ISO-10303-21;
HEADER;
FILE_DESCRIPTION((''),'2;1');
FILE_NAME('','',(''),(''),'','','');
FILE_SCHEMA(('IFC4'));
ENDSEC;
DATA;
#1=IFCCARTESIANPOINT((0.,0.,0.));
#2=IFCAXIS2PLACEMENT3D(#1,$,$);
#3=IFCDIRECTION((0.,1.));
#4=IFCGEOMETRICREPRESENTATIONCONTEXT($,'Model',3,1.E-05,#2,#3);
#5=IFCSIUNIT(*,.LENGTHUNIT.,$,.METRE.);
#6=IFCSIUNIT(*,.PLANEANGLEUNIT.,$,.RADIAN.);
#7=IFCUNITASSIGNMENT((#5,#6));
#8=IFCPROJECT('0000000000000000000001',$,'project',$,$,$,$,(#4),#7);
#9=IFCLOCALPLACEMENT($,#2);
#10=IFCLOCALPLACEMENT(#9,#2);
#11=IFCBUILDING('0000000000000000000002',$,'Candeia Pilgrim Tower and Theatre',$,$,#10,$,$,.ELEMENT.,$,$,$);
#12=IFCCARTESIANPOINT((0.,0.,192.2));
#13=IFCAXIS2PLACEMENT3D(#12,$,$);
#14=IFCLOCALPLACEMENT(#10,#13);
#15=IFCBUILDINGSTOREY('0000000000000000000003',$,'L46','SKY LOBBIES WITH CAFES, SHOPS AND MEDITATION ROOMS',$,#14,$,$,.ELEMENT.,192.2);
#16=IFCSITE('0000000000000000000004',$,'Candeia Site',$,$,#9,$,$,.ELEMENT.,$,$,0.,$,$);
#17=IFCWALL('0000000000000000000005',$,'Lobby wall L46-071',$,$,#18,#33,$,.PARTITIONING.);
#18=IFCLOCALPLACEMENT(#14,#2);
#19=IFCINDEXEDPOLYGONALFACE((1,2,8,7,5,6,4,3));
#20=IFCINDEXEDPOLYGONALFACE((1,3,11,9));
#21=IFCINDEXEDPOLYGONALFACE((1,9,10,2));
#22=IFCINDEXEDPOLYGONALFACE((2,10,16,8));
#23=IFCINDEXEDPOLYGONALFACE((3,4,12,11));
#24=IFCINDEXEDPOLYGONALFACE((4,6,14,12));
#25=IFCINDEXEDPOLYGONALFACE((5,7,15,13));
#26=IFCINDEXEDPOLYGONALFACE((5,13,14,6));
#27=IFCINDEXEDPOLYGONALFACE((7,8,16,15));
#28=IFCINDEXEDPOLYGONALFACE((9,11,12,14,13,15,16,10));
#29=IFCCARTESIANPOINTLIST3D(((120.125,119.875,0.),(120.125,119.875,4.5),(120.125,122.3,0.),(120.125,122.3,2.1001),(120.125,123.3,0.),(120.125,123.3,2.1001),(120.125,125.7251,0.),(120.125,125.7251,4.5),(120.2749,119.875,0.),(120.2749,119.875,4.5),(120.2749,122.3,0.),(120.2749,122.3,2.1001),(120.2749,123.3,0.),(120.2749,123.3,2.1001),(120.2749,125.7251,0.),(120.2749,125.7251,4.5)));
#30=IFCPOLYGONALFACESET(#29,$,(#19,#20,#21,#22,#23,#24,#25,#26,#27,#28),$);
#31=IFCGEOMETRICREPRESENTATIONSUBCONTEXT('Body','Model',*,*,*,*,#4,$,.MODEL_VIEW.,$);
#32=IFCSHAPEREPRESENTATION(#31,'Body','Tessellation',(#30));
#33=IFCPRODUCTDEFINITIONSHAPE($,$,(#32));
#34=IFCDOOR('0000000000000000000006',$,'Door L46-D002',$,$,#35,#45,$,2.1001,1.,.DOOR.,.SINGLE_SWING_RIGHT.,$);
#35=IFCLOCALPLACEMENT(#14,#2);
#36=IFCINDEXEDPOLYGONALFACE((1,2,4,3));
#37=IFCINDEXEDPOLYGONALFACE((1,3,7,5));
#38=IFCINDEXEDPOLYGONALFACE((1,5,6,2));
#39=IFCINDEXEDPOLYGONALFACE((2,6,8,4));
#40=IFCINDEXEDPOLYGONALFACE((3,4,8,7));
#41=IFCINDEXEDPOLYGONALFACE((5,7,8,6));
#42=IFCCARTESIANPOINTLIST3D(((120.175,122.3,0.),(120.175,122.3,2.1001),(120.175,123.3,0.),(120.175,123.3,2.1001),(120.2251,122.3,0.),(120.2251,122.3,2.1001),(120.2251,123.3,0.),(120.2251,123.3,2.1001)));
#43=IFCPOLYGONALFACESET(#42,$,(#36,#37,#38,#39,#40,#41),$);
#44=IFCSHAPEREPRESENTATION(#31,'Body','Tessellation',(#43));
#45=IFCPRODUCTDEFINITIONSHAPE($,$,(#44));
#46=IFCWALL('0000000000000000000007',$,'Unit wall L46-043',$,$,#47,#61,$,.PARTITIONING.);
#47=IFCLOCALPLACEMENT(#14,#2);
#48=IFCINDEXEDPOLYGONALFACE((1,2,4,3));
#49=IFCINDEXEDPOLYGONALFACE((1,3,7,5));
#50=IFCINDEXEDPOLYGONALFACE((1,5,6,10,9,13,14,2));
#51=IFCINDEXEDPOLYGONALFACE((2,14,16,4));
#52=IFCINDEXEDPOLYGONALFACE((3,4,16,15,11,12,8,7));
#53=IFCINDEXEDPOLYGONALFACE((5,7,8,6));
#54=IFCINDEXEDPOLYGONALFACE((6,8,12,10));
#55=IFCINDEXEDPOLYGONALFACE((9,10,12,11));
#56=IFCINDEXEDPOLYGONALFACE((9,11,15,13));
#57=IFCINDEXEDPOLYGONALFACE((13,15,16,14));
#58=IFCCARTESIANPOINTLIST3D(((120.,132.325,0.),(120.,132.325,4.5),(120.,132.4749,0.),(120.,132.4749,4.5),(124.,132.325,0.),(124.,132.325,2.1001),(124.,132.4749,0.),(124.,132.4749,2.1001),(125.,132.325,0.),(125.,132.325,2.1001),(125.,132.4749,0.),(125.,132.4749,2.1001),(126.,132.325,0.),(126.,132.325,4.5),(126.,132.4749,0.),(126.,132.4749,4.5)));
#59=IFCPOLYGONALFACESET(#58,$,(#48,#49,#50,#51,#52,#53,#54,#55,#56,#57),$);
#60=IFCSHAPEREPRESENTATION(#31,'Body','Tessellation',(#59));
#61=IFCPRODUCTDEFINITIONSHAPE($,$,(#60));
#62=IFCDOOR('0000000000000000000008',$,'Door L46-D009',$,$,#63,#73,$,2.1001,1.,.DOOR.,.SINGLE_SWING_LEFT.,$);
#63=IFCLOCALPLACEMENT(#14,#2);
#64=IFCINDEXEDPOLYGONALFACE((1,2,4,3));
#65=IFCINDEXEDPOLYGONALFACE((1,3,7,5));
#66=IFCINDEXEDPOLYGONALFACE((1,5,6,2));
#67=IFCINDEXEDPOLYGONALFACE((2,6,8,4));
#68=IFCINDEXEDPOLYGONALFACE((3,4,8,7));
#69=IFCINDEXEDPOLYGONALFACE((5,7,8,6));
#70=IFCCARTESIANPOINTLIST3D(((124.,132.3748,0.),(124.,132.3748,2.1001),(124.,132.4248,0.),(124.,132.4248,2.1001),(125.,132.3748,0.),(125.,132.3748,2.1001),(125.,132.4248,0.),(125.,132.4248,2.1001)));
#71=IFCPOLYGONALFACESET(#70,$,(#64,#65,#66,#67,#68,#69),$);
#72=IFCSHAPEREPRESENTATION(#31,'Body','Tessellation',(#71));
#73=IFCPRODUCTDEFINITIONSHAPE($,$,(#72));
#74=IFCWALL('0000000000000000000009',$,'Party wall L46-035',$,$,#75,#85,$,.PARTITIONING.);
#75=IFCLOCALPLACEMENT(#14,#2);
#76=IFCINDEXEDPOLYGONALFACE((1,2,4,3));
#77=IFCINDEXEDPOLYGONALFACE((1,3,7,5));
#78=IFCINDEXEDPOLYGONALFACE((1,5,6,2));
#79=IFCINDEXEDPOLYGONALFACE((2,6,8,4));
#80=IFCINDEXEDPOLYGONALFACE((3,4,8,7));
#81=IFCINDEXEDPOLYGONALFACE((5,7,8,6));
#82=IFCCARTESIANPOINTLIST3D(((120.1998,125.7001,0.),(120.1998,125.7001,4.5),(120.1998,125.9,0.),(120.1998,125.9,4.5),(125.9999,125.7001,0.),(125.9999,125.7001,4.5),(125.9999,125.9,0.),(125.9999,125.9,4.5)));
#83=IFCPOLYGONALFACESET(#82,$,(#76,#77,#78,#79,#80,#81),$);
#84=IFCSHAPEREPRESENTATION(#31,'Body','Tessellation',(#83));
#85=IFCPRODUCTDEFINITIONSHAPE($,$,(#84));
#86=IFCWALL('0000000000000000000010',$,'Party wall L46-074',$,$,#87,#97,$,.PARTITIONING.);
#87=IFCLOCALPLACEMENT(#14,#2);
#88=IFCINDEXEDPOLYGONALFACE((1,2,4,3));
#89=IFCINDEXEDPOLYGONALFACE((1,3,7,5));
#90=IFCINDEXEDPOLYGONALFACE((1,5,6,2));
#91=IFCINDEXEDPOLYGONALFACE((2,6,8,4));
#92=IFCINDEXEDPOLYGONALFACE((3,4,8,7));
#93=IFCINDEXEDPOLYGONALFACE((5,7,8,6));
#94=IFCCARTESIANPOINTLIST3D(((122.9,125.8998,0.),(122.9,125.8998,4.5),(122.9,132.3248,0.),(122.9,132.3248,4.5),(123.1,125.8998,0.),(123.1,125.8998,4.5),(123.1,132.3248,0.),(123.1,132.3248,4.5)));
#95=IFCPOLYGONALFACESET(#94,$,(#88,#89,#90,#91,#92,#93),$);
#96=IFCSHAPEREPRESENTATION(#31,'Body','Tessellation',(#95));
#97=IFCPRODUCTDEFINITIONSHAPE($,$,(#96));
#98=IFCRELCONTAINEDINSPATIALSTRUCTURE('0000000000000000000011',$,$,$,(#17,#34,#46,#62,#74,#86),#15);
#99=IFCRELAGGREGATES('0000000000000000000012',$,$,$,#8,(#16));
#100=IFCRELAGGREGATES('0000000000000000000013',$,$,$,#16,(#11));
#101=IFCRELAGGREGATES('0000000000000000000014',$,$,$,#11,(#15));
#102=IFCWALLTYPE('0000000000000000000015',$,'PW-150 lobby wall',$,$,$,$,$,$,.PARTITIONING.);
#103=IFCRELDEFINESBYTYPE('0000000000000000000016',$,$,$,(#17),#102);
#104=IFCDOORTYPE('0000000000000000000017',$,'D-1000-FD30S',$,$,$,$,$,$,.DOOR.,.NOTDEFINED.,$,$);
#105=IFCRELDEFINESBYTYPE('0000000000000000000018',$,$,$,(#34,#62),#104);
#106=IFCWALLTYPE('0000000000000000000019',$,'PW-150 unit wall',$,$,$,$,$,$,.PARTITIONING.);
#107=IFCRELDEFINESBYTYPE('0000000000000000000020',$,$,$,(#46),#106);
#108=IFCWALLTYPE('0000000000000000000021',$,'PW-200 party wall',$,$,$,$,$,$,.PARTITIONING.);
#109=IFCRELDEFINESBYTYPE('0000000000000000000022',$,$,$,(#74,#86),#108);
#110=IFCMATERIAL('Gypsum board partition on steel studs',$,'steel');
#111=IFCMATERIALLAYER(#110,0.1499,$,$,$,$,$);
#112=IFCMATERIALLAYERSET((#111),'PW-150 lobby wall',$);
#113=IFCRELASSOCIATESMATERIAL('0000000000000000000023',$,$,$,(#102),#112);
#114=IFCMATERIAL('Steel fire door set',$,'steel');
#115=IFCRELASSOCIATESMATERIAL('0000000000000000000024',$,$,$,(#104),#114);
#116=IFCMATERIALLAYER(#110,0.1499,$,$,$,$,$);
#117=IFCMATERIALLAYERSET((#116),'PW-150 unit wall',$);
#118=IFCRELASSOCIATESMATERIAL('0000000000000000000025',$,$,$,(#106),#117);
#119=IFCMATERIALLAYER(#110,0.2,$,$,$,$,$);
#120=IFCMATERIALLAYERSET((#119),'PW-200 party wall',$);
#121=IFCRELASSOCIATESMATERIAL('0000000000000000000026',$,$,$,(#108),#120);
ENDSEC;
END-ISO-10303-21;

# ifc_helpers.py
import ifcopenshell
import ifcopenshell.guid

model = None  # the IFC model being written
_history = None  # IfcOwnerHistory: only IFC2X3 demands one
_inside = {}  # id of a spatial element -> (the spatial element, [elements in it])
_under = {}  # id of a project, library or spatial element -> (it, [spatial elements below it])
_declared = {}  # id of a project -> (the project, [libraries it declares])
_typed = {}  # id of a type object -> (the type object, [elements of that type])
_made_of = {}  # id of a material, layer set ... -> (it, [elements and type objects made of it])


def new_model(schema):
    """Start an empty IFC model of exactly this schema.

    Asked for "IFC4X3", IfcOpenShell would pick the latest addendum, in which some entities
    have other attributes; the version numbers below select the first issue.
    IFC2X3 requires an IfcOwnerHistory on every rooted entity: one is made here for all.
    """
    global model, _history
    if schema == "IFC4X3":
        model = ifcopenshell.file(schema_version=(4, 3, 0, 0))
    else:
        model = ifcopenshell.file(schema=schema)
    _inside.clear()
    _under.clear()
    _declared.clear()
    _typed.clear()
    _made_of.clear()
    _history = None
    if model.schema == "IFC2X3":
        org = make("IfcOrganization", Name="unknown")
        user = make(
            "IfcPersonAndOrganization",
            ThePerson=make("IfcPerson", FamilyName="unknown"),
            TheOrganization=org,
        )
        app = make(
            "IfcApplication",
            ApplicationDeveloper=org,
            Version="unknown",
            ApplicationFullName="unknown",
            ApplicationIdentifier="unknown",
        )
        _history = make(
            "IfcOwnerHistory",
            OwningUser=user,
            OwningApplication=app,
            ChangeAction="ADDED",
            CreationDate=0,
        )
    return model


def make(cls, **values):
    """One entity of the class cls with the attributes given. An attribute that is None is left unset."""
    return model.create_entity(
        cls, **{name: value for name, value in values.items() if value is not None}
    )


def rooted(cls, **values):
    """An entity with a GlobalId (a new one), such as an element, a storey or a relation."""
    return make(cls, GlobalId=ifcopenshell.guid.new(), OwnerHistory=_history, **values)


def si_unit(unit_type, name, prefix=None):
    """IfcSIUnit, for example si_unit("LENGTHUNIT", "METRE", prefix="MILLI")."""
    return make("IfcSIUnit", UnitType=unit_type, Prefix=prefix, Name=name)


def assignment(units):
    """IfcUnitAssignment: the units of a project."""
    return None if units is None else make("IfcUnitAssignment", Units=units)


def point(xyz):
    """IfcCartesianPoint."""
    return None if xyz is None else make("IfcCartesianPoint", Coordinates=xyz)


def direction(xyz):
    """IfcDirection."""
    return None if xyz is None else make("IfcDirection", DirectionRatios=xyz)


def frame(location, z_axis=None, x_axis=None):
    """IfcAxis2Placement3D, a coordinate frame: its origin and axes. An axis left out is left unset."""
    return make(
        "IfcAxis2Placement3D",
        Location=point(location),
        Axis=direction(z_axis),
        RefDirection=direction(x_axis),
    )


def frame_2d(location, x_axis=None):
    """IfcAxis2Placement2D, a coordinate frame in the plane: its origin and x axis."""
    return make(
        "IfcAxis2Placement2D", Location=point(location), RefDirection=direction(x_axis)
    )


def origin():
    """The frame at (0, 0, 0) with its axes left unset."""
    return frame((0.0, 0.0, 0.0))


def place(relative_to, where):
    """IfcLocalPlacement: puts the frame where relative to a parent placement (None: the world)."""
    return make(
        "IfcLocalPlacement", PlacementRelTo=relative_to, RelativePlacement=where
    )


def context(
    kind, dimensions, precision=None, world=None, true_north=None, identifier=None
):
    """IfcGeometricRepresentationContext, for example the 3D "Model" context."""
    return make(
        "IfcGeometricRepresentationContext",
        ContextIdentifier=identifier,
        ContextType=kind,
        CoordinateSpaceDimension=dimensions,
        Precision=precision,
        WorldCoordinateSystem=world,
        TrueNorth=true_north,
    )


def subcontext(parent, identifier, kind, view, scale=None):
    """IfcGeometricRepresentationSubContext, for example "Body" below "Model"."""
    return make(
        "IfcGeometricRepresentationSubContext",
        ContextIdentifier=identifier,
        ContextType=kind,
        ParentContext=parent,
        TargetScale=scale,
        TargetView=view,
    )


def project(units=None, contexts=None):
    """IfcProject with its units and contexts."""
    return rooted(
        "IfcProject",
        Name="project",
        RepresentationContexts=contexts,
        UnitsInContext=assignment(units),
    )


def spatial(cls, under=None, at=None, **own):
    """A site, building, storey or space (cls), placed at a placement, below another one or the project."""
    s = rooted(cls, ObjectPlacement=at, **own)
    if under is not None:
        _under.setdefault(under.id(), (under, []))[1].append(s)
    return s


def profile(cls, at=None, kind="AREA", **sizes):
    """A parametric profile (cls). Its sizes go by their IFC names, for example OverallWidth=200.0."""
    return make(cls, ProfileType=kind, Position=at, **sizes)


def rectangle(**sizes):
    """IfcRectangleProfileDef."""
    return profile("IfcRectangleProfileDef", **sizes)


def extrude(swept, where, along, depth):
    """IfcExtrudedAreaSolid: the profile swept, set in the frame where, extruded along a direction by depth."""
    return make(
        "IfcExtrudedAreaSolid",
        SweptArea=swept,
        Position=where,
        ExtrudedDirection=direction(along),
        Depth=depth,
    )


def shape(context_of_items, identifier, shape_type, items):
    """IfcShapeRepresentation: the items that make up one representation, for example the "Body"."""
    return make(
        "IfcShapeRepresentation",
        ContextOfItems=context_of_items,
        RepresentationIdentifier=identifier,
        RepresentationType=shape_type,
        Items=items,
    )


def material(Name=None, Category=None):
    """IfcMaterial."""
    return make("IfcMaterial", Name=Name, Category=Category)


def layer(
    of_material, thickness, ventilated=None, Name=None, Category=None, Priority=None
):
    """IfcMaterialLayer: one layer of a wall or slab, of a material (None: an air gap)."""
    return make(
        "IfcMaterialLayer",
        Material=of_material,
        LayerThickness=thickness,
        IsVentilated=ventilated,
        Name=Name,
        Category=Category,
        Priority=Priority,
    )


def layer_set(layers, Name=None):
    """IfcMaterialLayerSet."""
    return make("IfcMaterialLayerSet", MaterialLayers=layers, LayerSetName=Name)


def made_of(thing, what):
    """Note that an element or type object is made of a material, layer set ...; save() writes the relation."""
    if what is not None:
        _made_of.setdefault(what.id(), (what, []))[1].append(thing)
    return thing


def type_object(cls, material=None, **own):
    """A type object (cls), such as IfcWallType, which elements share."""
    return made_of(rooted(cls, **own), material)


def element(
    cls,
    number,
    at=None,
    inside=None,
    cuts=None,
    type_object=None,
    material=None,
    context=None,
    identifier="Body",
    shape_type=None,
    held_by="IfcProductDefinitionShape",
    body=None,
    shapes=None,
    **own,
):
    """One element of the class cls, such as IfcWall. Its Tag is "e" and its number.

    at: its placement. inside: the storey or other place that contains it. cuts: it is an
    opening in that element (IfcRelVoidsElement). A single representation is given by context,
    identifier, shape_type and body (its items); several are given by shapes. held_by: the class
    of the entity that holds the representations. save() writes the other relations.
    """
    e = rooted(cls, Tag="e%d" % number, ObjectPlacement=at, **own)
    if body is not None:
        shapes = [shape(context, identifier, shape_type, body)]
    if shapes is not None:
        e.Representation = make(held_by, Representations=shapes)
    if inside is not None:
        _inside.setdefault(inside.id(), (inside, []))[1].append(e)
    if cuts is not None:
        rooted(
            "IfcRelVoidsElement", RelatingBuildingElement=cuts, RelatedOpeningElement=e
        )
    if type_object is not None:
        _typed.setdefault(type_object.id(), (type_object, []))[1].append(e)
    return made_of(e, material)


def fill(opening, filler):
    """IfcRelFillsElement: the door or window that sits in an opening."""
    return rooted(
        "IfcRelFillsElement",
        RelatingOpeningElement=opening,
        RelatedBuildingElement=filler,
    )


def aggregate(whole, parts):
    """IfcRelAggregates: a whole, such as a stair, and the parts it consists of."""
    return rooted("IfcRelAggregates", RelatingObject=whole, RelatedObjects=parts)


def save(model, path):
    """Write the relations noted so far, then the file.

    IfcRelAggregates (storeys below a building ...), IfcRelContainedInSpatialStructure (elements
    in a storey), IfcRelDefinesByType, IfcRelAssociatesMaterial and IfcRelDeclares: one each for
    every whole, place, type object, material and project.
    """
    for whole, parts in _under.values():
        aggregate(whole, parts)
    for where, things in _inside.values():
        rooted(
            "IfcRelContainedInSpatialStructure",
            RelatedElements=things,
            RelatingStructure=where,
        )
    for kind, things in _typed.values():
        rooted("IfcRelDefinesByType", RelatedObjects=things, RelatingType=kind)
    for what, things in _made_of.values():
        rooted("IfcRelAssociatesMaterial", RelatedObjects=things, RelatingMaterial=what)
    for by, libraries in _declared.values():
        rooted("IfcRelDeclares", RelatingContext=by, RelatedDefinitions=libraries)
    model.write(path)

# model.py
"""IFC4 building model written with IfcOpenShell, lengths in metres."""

from ifc_helpers import new_model, si_unit, direction, frame, frame_2d, origin, place, context, subcontext, project, spatial, rectangle, extrude, material, layer, layer_set, type_object, element, fill, save


model = new_model("IFC4")

# Units and contexts
model_context = context("Model", 3, precision=1e-05, world=origin(), true_north=direction((0.0, 1.0)))
body_context = subcontext(model_context, "Body", "Model", "MODEL_VIEW")
ifc_project = project(units=[si_unit("LENGTHUNIT", "METRE"), si_unit("PLANEANGLEUNIT", "RADIAN")], contexts=[model_context])

# Site, building, storey
site_placement = place(None, origin())
site = spatial("IfcSite", under=ifc_project, at=site_placement, Name="Candeia Site", CompositionType="ELEMENT", RefElevation=0.0)
building_placement = place(site_placement, origin())
building = spatial("IfcBuilding", under=site, at=building_placement, Name="Candeia Pilgrim Tower and Theatre", CompositionType="ELEMENT")
storey_placement = place(building_placement, frame((0.0, 0.0, 192.2)))
storey = spatial("IfcBuildingStorey", under=building, at=storey_placement, Name="L46", Description="SKY LOBBIES WITH CAFES, SHOPS AND MEDITATION ROOMS", CompositionType="ELEMENT", Elevation=192.2)

# Shared definitions
ifc_material_1 = material(Name="Steel fire door set", Category="steel")

# Shared definitions
ifc_material_2 = material(Name="Gypsum board partition on steel studs", Category="steel")
ifc_layer_1 = layer(ifc_material_2, 0.1499)
ifc_layer_set_1 = layer_set([ifc_layer_1], Name="PW-150 lobby wall")
wall_type_1 = type_object("IfcWallType", Name="PW-150 lobby wall", PredefinedType="PARTITIONING", material=ifc_layer_set_1)

# Walls, openings, doors
door_type_1 = type_object("IfcDoorType", Name="D-1000-FD30S", OperationType="NOTDEFINED", PredefinedType="DOOR", material=ifc_material_1)
wall_1_placement = place(storey_placement, frame((120.2, 119.875, 0.0), z_axis=(0.0, 0.0, 1.0), x_axis=(0.0, 1.0, 0.0)))
wall_1 = element("IfcWall", 1, at=wall_1_placement, inside=storey, type_object=wall_type_1, Name="Lobby wall L46-071", PredefinedType="PARTITIONING", context=body_context, shape_type="SweptSolid", body=[
    extrude(rectangle(XDim=5.8501, YDim=0.1499, at=frame_2d((2.925, 0.0))), origin(), (0.0, 0.0, 1.0), 4.5),
])
opening_1_placement = place(wall_1_placement, frame((2.425, 0.0, 0.0)))
opening_1 = element("IfcOpeningElement", 2, at=opening_1_placement, cuts=wall_1, PredefinedType="OPENING", context=body_context, shape_type="SweptSolid", body=[
    extrude(rectangle(XDim=1.0, YDim=2.1001, at=frame_2d((0.5, 1.05))), frame((0.0, 0.085, 0.0), z_axis=(0.0, -1.0, 0.0), x_axis=(1.0, 0.0, 0.0)), (0.0, 0.0, 1.0), 0.1699),
])
door_1_placement = place(opening_1_placement, origin())
door_1 = element("IfcDoor", 3, at=door_1_placement, inside=storey, type_object=door_type_1, Name="Door L46-D002", OperationType="SINGLE_SWING_RIGHT", OverallHeight=2.1001, OverallWidth=1.0, PredefinedType="DOOR", context=body_context, shape_type="SweptSolid", body=[
    extrude(rectangle(XDim=1.0, YDim=2.1001, at=frame_2d((0.5, 1.05))), frame((0.0, 0.0249, 0.0), z_axis=(0.0, -1.0, 0.0), x_axis=(1.0, 0.0, 0.0)), (0.0, 0.0, 1.0), 0.05),
])
fill(opening_1, door_1)
ifc_layer_2 = layer(ifc_material_2, 0.1499)
ifc_layer_set_2 = layer_set([ifc_layer_2], Name="PW-150 unit wall")
wall_type_2 = type_object("IfcWallType", Name="PW-150 unit wall", PredefinedType="PARTITIONING", material=ifc_layer_set_2)
wall_2_placement = place(storey_placement, frame((120.0, 132.3999, 0.0), z_axis=(0.0, 0.0, 1.0), x_axis=(1.0, 0.0, 0.0)))
wall_2 = element("IfcWall", 4, at=wall_2_placement, inside=storey, type_object=wall_type_2, Name="Unit wall L46-043", PredefinedType="PARTITIONING", context=body_context, shape_type="SweptSolid", body=[
    extrude(rectangle(XDim=6.0, YDim=0.1499, at=frame_2d((3.0, 0.0))), origin(), (0.0, 0.0, 1.0), 4.5),
])
opening_2_placement = place(wall_2_placement, frame((4.0, 0.0, 0.0)))
opening_2 = element("IfcOpeningElement", 5, at=opening_2_placement, cuts=wall_2, PredefinedType="OPENING", context=body_context, shape_type="SweptSolid", body=[
    extrude(rectangle(XDim=1.0, YDim=2.1001, at=frame_2d((0.5, 1.05))), frame((0.0, 0.085, 0.0), z_axis=(0.0, -1.0, 0.0), x_axis=(1.0, 0.0, 0.0)), (0.0, 0.0, 1.0), 0.1699),
])
door_2_placement = place(opening_2_placement, origin())
door_2 = element("IfcDoor", 6, at=door_2_placement, inside=storey, type_object=door_type_1, Name="Door L46-D009", OperationType="SINGLE_SWING_LEFT", OverallHeight=2.1001, OverallWidth=1.0, PredefinedType="DOOR", context=body_context, shape_type="SweptSolid", body=[
    extrude(rectangle(XDim=1.0, YDim=2.1001, at=frame_2d((0.5, 1.05))), frame((0.0, 0.0249, 0.0), z_axis=(0.0, -1.0, 0.0), x_axis=(1.0, 0.0, 0.0)), (0.0, 0.0, 1.0), 0.05),
])
fill(opening_2, door_2)

# Walls
ifc_layer_3 = layer(ifc_material_2, 0.2)
ifc_layer_set_3 = layer_set([ifc_layer_3], Name="PW-200 party wall")
wall_type_3 = type_object("IfcWallType", Name="PW-200 party wall", PredefinedType="PARTITIONING", material=ifc_layer_set_3)
wall_3_placement = place(storey_placement, frame((120.2, 125.8, 0.0), z_axis=(0.0, 0.0, 1.0), x_axis=(1.0, 0.0, 0.0)))
element("IfcWall", 7, at=wall_3_placement, inside=storey, type_object=wall_type_3, Name="Party wall L46-035", PredefinedType="PARTITIONING", context=body_context, shape_type="SweptSolid", body=[
    extrude(rectangle(XDim=5.8, YDim=0.2, at=frame_2d((2.8999, 0.0))), origin(), (0.0, 0.0, 1.0), 4.5),
])
wall_4_placement = place(storey_placement, frame((123.0, 125.8999, 0.0), z_axis=(0.0, 0.0, 1.0), x_axis=(0.0, 1.0, 0.0)))
element("IfcWall", 8, at=wall_4_placement, inside=storey, type_object=wall_type_3, Name="Party wall L46-074", PredefinedType="PARTITIONING", context=body_context, shape_type="SweptSolid", body=[
    extrude(rectangle(XDim=6.425, YDim=0.2, at=frame_2d((3.2124, 0.0))), origin(), (0.0, 0.0, 1.0), 4.5),
])

save(model, "model.ifc")
